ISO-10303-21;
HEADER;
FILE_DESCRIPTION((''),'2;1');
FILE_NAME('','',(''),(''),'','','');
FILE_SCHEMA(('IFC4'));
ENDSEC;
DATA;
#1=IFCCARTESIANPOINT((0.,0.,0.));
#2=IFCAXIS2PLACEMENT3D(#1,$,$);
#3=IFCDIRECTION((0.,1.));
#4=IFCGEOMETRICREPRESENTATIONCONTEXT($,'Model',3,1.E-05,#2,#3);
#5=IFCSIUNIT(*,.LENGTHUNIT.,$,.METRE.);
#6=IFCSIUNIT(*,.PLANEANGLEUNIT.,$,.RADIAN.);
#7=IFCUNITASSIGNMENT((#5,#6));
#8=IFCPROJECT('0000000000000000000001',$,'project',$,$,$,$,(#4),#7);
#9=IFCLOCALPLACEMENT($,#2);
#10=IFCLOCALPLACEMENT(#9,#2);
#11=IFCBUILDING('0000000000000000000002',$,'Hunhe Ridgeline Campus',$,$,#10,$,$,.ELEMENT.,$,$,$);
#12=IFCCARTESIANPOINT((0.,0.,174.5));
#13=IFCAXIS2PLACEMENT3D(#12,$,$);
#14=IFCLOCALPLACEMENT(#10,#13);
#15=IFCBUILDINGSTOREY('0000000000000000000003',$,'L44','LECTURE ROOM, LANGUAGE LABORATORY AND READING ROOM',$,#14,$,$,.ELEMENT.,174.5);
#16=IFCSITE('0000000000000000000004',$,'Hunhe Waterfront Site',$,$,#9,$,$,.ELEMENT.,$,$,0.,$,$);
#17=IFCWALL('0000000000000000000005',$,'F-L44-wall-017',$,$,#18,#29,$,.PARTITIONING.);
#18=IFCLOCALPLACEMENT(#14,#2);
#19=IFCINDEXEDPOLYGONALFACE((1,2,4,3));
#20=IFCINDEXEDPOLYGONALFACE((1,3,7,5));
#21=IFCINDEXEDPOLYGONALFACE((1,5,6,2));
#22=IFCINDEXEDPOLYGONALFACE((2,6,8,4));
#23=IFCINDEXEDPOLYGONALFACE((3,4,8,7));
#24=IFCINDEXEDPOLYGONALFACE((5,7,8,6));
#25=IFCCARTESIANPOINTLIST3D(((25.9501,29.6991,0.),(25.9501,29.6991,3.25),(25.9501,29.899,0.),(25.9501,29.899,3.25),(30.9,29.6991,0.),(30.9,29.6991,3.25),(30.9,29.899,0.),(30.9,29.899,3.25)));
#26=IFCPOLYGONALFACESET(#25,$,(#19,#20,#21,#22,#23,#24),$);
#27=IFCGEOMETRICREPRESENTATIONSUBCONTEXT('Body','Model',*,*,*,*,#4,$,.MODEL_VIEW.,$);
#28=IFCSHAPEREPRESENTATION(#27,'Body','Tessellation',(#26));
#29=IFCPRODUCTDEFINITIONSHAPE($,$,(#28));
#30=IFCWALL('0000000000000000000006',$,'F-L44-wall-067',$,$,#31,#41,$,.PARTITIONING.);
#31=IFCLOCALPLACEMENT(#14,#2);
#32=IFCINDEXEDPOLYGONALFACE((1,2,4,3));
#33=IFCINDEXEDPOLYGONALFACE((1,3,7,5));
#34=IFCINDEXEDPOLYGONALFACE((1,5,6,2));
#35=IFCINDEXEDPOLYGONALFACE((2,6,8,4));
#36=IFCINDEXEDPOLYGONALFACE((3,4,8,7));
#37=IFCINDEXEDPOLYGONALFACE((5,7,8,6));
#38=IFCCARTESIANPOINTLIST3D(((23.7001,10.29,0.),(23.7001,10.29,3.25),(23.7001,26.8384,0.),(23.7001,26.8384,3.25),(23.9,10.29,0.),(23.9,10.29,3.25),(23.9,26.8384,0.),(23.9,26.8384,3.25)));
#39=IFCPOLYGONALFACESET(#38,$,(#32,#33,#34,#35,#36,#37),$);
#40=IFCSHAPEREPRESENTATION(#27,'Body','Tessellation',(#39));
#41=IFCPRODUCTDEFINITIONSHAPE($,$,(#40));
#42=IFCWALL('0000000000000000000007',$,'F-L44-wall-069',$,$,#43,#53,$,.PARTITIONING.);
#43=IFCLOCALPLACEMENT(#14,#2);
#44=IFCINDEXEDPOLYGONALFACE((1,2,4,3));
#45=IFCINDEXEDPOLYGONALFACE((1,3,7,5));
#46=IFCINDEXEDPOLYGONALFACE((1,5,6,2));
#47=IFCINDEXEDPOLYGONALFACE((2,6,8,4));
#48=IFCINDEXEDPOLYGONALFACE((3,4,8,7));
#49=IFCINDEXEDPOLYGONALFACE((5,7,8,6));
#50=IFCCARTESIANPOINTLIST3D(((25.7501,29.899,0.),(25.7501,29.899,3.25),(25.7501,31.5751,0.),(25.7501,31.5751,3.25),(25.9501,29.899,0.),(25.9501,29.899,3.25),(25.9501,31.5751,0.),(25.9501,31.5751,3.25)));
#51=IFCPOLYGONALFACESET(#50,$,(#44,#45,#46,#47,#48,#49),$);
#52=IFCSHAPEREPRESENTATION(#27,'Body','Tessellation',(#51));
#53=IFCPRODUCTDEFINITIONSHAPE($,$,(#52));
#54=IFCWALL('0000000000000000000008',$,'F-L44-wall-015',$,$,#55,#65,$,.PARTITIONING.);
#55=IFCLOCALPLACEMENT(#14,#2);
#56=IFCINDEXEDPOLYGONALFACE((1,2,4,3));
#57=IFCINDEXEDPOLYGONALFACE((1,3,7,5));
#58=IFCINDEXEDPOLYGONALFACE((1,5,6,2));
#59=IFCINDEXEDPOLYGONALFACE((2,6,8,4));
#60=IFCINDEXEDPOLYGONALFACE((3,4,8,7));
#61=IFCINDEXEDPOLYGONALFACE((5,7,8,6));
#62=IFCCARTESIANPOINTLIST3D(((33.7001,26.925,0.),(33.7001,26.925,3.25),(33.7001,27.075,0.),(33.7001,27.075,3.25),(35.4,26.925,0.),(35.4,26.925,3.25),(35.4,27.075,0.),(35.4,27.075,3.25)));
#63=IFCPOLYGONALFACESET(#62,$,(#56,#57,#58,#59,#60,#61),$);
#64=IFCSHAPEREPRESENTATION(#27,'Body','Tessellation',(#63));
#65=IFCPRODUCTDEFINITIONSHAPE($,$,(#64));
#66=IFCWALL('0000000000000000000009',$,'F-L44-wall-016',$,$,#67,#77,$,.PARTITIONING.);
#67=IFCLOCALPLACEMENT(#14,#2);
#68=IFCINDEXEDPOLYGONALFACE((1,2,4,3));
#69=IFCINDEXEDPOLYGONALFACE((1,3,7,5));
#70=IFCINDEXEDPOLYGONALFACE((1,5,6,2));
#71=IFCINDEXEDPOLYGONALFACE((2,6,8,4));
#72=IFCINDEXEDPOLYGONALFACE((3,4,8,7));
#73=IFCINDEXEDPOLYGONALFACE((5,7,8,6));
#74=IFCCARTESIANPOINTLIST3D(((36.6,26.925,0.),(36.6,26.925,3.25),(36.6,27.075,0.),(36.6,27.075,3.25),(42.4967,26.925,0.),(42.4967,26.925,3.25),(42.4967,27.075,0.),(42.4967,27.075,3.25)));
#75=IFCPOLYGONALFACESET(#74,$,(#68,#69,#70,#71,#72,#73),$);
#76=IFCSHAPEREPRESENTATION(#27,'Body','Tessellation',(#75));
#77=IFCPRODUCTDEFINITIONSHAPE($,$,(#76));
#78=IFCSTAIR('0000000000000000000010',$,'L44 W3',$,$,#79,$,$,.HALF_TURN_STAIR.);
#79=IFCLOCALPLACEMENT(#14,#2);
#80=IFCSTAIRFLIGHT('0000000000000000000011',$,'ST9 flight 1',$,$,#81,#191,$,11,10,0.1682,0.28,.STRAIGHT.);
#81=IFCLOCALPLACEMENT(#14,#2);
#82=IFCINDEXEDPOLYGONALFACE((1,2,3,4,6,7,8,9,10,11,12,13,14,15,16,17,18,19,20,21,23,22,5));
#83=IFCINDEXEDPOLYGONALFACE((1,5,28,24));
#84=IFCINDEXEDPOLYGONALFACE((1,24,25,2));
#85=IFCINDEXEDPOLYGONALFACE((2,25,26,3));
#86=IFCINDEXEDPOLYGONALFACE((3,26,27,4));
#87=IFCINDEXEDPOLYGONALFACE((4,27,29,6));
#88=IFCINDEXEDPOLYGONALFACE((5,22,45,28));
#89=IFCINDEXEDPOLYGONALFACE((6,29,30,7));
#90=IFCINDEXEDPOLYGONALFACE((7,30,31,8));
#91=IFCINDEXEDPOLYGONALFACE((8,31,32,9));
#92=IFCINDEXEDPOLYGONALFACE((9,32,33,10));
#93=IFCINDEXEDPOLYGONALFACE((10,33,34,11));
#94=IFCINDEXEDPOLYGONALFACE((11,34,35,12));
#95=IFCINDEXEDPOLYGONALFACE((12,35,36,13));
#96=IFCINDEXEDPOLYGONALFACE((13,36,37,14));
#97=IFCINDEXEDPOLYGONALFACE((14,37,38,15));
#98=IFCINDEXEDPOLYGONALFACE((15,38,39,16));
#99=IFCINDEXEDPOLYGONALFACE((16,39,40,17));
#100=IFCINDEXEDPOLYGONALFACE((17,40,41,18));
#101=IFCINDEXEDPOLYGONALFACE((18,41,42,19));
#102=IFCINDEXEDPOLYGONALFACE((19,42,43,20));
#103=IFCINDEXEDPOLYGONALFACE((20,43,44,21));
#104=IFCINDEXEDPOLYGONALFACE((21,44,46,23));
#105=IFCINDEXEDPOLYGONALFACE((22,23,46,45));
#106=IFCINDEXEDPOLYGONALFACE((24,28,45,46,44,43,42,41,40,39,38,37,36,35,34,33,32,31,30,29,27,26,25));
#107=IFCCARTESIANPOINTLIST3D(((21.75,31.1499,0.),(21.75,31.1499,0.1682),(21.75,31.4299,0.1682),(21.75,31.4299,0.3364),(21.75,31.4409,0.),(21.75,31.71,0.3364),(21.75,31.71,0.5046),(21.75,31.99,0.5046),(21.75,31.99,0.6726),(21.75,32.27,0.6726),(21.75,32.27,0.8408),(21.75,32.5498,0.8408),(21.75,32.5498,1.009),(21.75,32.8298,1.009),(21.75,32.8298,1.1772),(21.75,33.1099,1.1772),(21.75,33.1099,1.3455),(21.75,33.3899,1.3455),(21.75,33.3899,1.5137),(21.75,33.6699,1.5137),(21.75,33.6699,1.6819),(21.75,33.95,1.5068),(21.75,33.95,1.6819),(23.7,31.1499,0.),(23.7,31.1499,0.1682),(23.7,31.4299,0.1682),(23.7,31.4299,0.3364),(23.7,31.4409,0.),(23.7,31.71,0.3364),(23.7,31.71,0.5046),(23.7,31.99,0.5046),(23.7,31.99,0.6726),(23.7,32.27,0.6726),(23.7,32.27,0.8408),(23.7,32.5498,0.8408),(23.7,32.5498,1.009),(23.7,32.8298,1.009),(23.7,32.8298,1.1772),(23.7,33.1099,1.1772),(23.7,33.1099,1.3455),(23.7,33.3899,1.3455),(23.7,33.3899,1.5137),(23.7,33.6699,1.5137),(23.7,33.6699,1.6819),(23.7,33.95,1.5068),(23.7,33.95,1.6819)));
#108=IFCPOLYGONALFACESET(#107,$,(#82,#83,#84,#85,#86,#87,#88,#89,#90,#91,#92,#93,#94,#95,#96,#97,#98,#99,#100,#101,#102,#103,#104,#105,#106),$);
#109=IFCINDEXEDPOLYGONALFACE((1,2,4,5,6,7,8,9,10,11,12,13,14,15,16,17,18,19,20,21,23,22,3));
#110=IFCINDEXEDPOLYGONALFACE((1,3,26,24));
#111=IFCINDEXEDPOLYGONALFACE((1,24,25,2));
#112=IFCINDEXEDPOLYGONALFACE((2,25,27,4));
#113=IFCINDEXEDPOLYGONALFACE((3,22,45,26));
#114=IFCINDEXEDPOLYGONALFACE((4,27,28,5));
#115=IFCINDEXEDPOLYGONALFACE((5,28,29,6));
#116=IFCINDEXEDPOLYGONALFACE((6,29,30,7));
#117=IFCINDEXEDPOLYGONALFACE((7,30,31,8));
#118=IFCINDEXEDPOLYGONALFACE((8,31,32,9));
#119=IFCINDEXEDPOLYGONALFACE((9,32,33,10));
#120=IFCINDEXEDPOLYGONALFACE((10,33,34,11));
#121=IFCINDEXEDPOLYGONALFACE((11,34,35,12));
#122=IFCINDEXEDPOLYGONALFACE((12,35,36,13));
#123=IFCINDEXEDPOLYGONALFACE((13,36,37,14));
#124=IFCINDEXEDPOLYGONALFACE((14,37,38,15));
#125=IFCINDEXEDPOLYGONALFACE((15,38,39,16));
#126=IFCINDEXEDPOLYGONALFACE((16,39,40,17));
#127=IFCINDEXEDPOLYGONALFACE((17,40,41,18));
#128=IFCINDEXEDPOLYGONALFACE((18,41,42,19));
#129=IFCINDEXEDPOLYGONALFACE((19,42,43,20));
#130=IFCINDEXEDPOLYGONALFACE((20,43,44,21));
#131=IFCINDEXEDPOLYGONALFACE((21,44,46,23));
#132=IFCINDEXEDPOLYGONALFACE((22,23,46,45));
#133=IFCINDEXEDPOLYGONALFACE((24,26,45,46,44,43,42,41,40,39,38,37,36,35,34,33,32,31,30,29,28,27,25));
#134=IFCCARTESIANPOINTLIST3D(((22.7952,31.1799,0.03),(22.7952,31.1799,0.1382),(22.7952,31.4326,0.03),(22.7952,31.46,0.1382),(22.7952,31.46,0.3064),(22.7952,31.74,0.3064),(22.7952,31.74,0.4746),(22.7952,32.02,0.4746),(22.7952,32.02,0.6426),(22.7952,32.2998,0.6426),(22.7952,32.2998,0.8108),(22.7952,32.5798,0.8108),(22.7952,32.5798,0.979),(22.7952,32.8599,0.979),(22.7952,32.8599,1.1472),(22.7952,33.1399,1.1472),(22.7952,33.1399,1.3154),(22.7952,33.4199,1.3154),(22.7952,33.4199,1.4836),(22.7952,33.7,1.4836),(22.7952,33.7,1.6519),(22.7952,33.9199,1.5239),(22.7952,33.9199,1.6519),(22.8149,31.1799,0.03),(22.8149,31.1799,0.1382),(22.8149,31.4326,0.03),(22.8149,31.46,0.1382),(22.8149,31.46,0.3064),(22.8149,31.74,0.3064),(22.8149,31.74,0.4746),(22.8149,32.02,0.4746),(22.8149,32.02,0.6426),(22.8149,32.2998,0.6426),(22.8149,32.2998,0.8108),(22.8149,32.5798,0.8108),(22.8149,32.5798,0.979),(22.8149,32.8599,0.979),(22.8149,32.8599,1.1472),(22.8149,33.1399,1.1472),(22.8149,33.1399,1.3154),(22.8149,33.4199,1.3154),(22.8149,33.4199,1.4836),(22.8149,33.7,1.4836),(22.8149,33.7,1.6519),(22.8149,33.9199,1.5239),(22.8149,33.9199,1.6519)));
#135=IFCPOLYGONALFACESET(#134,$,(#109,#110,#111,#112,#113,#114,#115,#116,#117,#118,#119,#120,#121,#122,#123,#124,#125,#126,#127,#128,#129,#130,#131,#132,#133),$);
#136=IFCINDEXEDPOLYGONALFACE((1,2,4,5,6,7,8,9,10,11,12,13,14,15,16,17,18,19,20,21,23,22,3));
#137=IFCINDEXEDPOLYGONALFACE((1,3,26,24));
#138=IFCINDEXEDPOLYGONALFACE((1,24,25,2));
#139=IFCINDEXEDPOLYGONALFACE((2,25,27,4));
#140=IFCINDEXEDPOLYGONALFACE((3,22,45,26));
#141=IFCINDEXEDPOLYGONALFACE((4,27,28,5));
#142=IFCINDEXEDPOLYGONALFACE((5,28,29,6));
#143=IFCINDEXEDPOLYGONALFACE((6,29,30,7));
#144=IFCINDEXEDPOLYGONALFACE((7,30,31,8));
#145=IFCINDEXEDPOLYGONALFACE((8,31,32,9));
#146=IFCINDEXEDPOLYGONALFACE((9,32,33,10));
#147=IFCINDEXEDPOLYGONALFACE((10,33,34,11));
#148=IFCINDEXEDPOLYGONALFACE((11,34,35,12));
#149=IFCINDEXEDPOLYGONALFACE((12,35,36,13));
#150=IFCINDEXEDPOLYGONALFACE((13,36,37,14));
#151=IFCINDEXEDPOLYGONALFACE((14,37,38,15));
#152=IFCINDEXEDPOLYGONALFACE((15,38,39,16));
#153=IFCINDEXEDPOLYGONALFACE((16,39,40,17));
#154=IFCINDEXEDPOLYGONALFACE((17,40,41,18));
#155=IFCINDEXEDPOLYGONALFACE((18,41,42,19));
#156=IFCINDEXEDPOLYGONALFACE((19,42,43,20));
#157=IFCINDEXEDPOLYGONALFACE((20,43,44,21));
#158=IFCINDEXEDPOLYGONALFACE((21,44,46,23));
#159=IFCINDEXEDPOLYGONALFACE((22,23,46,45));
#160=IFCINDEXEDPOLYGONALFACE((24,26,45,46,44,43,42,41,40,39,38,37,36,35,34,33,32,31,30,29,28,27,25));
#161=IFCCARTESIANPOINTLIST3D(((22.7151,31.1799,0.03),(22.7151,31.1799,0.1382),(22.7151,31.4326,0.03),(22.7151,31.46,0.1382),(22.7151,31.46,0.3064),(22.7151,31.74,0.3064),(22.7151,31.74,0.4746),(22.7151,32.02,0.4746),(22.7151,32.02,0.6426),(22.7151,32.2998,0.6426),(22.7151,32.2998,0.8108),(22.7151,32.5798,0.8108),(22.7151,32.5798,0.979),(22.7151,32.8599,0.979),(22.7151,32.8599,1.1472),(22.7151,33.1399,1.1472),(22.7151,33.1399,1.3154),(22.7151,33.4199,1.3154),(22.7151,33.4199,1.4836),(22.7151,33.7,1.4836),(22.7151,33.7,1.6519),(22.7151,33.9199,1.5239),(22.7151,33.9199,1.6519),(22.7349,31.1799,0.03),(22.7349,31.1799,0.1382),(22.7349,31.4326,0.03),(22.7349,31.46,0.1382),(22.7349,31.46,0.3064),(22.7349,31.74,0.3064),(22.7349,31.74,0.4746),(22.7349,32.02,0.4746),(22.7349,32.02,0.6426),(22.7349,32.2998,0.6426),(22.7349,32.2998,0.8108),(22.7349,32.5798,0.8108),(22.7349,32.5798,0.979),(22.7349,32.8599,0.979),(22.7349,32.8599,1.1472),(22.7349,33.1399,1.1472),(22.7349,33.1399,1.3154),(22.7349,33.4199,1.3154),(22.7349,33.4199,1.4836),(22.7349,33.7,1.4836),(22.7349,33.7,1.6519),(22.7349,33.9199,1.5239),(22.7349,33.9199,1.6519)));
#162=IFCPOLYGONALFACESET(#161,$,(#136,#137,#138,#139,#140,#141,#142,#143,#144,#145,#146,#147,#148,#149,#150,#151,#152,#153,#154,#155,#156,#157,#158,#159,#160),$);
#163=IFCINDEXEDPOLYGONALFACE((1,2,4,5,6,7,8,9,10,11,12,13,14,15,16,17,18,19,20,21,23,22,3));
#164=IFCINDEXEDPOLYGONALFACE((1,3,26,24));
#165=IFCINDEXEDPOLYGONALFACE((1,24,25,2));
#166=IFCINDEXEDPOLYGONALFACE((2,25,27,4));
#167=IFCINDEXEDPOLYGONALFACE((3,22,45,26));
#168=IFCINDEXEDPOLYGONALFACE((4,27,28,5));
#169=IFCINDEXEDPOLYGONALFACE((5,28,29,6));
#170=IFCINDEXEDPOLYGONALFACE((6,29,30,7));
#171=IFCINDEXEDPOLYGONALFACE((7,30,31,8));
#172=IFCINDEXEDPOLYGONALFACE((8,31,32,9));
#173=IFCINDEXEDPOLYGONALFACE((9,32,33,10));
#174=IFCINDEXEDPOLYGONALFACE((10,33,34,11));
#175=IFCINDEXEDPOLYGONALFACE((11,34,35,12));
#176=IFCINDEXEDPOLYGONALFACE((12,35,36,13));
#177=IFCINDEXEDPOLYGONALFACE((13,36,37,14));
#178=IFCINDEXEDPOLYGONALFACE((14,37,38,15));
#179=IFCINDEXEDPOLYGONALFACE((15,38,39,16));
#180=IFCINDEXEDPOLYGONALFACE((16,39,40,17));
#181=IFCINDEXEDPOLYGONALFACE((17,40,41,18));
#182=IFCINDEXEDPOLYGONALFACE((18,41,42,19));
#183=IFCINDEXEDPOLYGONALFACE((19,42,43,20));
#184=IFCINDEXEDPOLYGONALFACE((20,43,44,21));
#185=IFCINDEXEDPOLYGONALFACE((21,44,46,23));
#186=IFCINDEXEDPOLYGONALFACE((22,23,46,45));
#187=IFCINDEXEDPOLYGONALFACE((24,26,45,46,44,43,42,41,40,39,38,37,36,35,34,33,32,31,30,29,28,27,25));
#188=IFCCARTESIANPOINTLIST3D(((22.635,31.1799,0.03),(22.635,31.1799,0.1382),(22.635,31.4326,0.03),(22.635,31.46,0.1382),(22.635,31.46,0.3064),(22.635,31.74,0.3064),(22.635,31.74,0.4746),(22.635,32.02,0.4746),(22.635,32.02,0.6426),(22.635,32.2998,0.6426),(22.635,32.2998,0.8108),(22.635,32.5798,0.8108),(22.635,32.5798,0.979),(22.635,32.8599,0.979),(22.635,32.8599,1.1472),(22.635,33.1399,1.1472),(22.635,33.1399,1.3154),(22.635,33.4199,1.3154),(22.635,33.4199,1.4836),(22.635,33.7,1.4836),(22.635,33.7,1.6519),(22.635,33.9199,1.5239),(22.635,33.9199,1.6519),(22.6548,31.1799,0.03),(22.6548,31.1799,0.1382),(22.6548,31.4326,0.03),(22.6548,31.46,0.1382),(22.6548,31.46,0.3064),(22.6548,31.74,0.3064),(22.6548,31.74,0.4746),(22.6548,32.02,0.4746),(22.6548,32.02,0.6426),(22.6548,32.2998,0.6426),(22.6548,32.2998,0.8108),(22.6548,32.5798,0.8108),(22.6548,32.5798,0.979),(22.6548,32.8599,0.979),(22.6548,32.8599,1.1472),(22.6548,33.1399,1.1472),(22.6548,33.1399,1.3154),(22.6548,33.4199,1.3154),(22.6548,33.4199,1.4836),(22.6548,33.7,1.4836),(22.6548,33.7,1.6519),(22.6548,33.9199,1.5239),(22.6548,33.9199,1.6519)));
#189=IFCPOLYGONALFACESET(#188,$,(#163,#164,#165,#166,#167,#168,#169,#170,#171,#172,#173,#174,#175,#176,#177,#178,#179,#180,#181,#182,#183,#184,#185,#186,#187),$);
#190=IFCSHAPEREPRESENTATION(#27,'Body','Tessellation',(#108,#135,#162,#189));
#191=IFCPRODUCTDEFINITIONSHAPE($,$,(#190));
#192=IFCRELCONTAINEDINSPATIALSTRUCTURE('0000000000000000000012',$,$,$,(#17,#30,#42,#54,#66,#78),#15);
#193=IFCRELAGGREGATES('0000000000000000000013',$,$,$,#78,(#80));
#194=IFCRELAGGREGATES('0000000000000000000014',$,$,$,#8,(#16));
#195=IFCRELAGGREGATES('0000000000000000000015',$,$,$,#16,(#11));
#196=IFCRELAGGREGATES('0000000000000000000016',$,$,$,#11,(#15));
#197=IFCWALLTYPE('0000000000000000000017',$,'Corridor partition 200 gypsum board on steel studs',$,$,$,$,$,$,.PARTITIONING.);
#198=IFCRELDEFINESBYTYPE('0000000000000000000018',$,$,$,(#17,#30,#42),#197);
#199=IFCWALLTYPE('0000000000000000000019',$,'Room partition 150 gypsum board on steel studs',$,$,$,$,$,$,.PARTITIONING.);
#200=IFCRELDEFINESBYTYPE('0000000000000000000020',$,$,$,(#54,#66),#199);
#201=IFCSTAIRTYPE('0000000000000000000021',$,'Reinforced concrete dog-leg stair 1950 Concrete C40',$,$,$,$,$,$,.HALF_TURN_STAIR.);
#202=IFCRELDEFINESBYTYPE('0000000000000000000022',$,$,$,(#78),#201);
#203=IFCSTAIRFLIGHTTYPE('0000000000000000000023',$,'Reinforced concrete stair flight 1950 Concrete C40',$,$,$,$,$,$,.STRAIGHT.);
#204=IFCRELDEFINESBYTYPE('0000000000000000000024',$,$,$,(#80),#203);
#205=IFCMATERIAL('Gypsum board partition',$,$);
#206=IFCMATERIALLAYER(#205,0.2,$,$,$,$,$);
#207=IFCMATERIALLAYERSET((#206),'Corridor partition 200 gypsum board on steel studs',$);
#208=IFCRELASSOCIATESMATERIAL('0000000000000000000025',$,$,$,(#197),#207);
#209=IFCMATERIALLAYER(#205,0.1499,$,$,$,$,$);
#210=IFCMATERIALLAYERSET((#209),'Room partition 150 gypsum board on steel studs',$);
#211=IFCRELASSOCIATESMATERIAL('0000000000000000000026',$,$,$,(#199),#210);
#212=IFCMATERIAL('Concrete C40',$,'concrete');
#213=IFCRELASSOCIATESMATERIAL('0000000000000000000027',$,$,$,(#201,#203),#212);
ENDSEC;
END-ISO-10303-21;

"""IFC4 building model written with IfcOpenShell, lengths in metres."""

from ifc_helpers import new_model, si_unit, direction, frame, frame_2d, origin, place, context, subcontext, project, spatial, polyline, rectangle, outline, extrude, material, layer, layer_set, type_object, element, aggregate, save


model = new_model("IFC4")

# Units and contexts
model_context = context("Model", 3, precision=1e-05, world=origin(), true_north=direction((0.0, 1.0)))
body_context = subcontext(model_context, "Body", "Model", "MODEL_VIEW")
ifc_project = project(units=[si_unit("LENGTHUNIT", "METRE"), si_unit("PLANEANGLEUNIT", "RADIAN")], contexts=[model_context])

# Site, building, storey
site_placement = place(None, origin())
site = spatial("IfcSite", under=ifc_project, at=site_placement, Name="Hunhe Waterfront Site", CompositionType="ELEMENT", RefElevation=0.0)
building_placement = place(site_placement, origin())
building = spatial("IfcBuilding", under=site, at=building_placement, Name="Hunhe Ridgeline Campus", CompositionType="ELEMENT")
storey_placement = place(building_placement, frame((0.0, 0.0, 174.5)))
storey = spatial("IfcBuildingStorey", under=building, at=storey_placement, Name="L44", Description="LECTURE ROOM, LANGUAGE LABORATORY AND READING ROOM", CompositionType="ELEMENT", Elevation=174.5)

# Walls
ifc_material_1 = material(Name="Gypsum board partition")
ifc_layer_1 = layer(ifc_material_1, 0.2)
ifc_layer_set_1 = layer_set([ifc_layer_1], Name="Corridor partition 200 gypsum board on steel studs")
wall_type_1 = type_object("IfcWallType", Name="Corridor partition 200 gypsum board on steel studs", PredefinedType="PARTITIONING", material=ifc_layer_set_1)
wall_1_placement = place(storey_placement, frame((25.95, 29.7991, 0.0), z_axis=(0.0, 0.0, 1.0), x_axis=(1.0, 0.0, 0.0)))
element("IfcWall", 1, at=wall_1_placement, inside=storey, type_object=wall_type_1, Name="F-L44-wall-017", PredefinedType="PARTITIONING", context=body_context, shape_type="SweptSolid", body=[
    extrude(rectangle(XDim=4.95, YDim=0.2, at=frame_2d((2.4751, 0.0))), origin(), (0.0, 0.0, 1.0), 3.25),
])
wall_2_placement = place(storey_placement, frame((23.8, 26.8384, 0.0), z_axis=(0.0, 0.0, 1.0), x_axis=(0.0, -1.0, 0.0)))
element("IfcWall", 2, at=wall_2_placement, inside=storey, type_object=wall_type_1, Name="F-L44-wall-067", PredefinedType="PARTITIONING", context=body_context, shape_type="SweptSolid", body=[
    extrude(rectangle(XDim=16.5483, YDim=0.2, at=frame_2d((8.2742, 0.0))), origin(), (0.0, 0.0, 1.0), 3.25),
])
wall_3_placement = place(storey_placement, frame((25.8501, 31.575, 0.0), z_axis=(0.0, 0.0, 1.0), x_axis=(0.0, -1.0, 0.0)))
element("IfcWall", 3, at=wall_3_placement, inside=storey, type_object=wall_type_1, Name="F-L44-wall-069", PredefinedType="PARTITIONING", context=body_context, shape_type="SweptSolid", body=[
    extrude(rectangle(XDim=1.676, YDim=0.2, at=frame_2d((0.8379, 0.0))), origin(), (0.0, 0.0, 1.0), 3.25),
])

# Walls
ifc_layer_2 = layer(ifc_material_1, 0.1499)
ifc_layer_set_2 = layer_set([ifc_layer_2], Name="Room partition 150 gypsum board on steel studs")
wall_type_2 = type_object("IfcWallType", Name="Room partition 150 gypsum board on steel studs", PredefinedType="PARTITIONING", material=ifc_layer_set_2)
wall_4_placement = place(storey_placement, frame((33.7, 27.0, 0.0), z_axis=(0.0, 0.0, 1.0), x_axis=(1.0, 0.0, 0.0)))
element("IfcWall", 4, at=wall_4_placement, inside=storey, type_object=wall_type_2, Name="F-L44-wall-015", PredefinedType="PARTITIONING", context=body_context, shape_type="SweptSolid", body=[
    extrude(rectangle(XDim=1.7, YDim=0.1499, at=frame_2d((0.8501, 0.0))), origin(), (0.0, 0.0, 1.0), 3.25),
])
wall_5_placement = place(storey_placement, frame((36.6001, 27.0, 0.0), z_axis=(0.0, 0.0, 1.0), x_axis=(1.0, 0.0, 0.0)))
element("IfcWall", 5, at=wall_5_placement, inside=storey, type_object=wall_type_2, Name="F-L44-wall-016", PredefinedType="PARTITIONING", context=body_context, shape_type="SweptSolid", body=[
    extrude(rectangle(XDim=5.8967, YDim=0.1499, at=frame_2d((2.9482, 0.0))), origin(), (0.0, 0.0, 1.0), 3.25),
])

# Stair, stair flight
ifc_material_2 = material(Name="Concrete C40", Category="concrete")
stair_type = type_object("IfcStairType", Name="Reinforced concrete dog-leg stair 1950 Concrete C40", PredefinedType="HALF_TURN_STAIR", material=ifc_material_2)
stair_placement = place(storey_placement, origin())
stair = element("IfcStair", 6, at=stair_placement, inside=storey, type_object=stair_type, Name="L44 W3", PredefinedType="HALF_TURN_STAIR")
stair_flight_type = type_object("IfcStairFlightType", Name="Reinforced concrete stair flight 1950 Concrete C40", PredefinedType="STRAIGHT", material=ifc_material_2)
stair_flight_placement = place(storey_placement, frame((22.7251, 31.1499, 0.0), z_axis=(0.0, 0.0, 1.0), x_axis=(0.0, 1.0, 0.0)))
stair_flight = element("IfcStairFlight", 7, at=stair_flight_placement, type_object=stair_flight_type, Name="ST9 flight 1", NumberOfRisers=11, NumberOfTreads=10, PredefinedType="STRAIGHT", RiserHeight=0.1682, TreadLength=0.28, context=body_context, shape_type="SweptSolid", body=[
    extrude(outline(polyline([(0.0, 0.0), (0.0, 0.1682), (0.28, 0.1682), (0.28, 0.3364), (0.5601, 0.3364), (0.5601, 0.5046), (0.8401, 0.5046), (0.8401, 0.6726), (1.1201, 0.6726), (1.1201, 0.8408), (1.3999, 0.8408), (1.3999, 1.009), (1.6799, 1.009), (1.6799, 1.1772), (1.96, 1.1772), (1.96, 1.3455), (2.24, 1.3455), (2.24, 1.5137), (2.52, 1.5137), (2.52, 1.6819), (2.8, 1.6819), (2.8, 1.8501), (2.8, 1.5068), (0.291, 0.0), (0.0, 0.0)])), frame((0.0, 0.9751, 0.0), z_axis=(0.0, -1.0, 0.0), x_axis=(1.0, 0.0, 0.0)), (0.0, 0.0, 1.0), 1.95),
    extrude(outline(polyline([(0.03, 0.03), (0.03, 0.1382), (0.3101, 0.1382), (0.3101, 0.3064), (0.5901, 0.3064), (0.5901, 0.4746), (0.8701, 0.4746), (0.8701, 0.6426), (1.1499, 0.6426), (1.1499, 0.8108), (1.4299, 0.8108), (1.4299, 0.979), (1.71, 0.979), (1.71, 1.1472), (1.99, 1.1472), (1.99, 1.3154), (2.27, 1.3154), (2.27, 1.4836), (2.55, 1.4836), (2.55, 1.6519), (2.77, 1.6519), (2.77, 1.5239), (0.2827, 0.03), (0.03, 0.03)])), frame((0.0, -0.0701, 0.0), z_axis=(0.0, -1.0, 0.0), x_axis=(1.0, 0.0, 0.0)), (0.0, 0.0, 1.0), 0.0198),
    extrude(outline(polyline([(0.03, 0.03), (0.03, 0.1382), (0.3101, 0.1382), (0.3101, 0.3064), (0.5901, 0.3064), (0.5901, 0.4746), (0.8701, 0.4746), (0.8701, 0.6426), (1.1499, 0.6426), (1.1499, 0.8108), (1.4299, 0.8108), (1.4299, 0.979), (1.71, 0.979), (1.71, 1.1472), (1.99, 1.1472), (1.99, 1.3154), (2.27, 1.3154), (2.27, 1.4836), (2.55, 1.4836), (2.55, 1.6519), (2.77, 1.6519), (2.77, 1.5239), (0.2827, 0.03), (0.03, 0.03)])), frame((0.0, 0.01, 0.0), z_axis=(0.0, -1.0, 0.0), x_axis=(1.0, 0.0, 0.0)), (0.0, 0.0, 1.0), 0.0198),
    extrude(outline(polyline([(0.03, 0.03), (0.03, 0.1382), (0.3101, 0.1382), (0.3101, 0.3064), (0.5901, 0.3064), (0.5901, 0.4746), (0.8701, 0.4746), (0.8701, 0.6426), (1.1499, 0.6426), (1.1499, 0.8108), (1.4299, 0.8108), (1.4299, 0.979), (1.71, 0.979), (1.71, 1.1472), (1.99, 1.1472), (1.99, 1.3154), (2.27, 1.3154), (2.27, 1.4836), (2.55, 1.4836), (2.55, 1.6519), (2.77, 1.6519), (2.77, 1.5239), (0.2827, 0.03), (0.03, 0.03)])), frame((0.0, 0.0901, 0.0), z_axis=(0.0, -1.0, 0.0), x_axis=(1.0, 0.0, 0.0)), (0.0, 0.0, 1.0), 0.0198),
])
aggregate(stair, [stair_flight])

save(model, "model.ifc")
